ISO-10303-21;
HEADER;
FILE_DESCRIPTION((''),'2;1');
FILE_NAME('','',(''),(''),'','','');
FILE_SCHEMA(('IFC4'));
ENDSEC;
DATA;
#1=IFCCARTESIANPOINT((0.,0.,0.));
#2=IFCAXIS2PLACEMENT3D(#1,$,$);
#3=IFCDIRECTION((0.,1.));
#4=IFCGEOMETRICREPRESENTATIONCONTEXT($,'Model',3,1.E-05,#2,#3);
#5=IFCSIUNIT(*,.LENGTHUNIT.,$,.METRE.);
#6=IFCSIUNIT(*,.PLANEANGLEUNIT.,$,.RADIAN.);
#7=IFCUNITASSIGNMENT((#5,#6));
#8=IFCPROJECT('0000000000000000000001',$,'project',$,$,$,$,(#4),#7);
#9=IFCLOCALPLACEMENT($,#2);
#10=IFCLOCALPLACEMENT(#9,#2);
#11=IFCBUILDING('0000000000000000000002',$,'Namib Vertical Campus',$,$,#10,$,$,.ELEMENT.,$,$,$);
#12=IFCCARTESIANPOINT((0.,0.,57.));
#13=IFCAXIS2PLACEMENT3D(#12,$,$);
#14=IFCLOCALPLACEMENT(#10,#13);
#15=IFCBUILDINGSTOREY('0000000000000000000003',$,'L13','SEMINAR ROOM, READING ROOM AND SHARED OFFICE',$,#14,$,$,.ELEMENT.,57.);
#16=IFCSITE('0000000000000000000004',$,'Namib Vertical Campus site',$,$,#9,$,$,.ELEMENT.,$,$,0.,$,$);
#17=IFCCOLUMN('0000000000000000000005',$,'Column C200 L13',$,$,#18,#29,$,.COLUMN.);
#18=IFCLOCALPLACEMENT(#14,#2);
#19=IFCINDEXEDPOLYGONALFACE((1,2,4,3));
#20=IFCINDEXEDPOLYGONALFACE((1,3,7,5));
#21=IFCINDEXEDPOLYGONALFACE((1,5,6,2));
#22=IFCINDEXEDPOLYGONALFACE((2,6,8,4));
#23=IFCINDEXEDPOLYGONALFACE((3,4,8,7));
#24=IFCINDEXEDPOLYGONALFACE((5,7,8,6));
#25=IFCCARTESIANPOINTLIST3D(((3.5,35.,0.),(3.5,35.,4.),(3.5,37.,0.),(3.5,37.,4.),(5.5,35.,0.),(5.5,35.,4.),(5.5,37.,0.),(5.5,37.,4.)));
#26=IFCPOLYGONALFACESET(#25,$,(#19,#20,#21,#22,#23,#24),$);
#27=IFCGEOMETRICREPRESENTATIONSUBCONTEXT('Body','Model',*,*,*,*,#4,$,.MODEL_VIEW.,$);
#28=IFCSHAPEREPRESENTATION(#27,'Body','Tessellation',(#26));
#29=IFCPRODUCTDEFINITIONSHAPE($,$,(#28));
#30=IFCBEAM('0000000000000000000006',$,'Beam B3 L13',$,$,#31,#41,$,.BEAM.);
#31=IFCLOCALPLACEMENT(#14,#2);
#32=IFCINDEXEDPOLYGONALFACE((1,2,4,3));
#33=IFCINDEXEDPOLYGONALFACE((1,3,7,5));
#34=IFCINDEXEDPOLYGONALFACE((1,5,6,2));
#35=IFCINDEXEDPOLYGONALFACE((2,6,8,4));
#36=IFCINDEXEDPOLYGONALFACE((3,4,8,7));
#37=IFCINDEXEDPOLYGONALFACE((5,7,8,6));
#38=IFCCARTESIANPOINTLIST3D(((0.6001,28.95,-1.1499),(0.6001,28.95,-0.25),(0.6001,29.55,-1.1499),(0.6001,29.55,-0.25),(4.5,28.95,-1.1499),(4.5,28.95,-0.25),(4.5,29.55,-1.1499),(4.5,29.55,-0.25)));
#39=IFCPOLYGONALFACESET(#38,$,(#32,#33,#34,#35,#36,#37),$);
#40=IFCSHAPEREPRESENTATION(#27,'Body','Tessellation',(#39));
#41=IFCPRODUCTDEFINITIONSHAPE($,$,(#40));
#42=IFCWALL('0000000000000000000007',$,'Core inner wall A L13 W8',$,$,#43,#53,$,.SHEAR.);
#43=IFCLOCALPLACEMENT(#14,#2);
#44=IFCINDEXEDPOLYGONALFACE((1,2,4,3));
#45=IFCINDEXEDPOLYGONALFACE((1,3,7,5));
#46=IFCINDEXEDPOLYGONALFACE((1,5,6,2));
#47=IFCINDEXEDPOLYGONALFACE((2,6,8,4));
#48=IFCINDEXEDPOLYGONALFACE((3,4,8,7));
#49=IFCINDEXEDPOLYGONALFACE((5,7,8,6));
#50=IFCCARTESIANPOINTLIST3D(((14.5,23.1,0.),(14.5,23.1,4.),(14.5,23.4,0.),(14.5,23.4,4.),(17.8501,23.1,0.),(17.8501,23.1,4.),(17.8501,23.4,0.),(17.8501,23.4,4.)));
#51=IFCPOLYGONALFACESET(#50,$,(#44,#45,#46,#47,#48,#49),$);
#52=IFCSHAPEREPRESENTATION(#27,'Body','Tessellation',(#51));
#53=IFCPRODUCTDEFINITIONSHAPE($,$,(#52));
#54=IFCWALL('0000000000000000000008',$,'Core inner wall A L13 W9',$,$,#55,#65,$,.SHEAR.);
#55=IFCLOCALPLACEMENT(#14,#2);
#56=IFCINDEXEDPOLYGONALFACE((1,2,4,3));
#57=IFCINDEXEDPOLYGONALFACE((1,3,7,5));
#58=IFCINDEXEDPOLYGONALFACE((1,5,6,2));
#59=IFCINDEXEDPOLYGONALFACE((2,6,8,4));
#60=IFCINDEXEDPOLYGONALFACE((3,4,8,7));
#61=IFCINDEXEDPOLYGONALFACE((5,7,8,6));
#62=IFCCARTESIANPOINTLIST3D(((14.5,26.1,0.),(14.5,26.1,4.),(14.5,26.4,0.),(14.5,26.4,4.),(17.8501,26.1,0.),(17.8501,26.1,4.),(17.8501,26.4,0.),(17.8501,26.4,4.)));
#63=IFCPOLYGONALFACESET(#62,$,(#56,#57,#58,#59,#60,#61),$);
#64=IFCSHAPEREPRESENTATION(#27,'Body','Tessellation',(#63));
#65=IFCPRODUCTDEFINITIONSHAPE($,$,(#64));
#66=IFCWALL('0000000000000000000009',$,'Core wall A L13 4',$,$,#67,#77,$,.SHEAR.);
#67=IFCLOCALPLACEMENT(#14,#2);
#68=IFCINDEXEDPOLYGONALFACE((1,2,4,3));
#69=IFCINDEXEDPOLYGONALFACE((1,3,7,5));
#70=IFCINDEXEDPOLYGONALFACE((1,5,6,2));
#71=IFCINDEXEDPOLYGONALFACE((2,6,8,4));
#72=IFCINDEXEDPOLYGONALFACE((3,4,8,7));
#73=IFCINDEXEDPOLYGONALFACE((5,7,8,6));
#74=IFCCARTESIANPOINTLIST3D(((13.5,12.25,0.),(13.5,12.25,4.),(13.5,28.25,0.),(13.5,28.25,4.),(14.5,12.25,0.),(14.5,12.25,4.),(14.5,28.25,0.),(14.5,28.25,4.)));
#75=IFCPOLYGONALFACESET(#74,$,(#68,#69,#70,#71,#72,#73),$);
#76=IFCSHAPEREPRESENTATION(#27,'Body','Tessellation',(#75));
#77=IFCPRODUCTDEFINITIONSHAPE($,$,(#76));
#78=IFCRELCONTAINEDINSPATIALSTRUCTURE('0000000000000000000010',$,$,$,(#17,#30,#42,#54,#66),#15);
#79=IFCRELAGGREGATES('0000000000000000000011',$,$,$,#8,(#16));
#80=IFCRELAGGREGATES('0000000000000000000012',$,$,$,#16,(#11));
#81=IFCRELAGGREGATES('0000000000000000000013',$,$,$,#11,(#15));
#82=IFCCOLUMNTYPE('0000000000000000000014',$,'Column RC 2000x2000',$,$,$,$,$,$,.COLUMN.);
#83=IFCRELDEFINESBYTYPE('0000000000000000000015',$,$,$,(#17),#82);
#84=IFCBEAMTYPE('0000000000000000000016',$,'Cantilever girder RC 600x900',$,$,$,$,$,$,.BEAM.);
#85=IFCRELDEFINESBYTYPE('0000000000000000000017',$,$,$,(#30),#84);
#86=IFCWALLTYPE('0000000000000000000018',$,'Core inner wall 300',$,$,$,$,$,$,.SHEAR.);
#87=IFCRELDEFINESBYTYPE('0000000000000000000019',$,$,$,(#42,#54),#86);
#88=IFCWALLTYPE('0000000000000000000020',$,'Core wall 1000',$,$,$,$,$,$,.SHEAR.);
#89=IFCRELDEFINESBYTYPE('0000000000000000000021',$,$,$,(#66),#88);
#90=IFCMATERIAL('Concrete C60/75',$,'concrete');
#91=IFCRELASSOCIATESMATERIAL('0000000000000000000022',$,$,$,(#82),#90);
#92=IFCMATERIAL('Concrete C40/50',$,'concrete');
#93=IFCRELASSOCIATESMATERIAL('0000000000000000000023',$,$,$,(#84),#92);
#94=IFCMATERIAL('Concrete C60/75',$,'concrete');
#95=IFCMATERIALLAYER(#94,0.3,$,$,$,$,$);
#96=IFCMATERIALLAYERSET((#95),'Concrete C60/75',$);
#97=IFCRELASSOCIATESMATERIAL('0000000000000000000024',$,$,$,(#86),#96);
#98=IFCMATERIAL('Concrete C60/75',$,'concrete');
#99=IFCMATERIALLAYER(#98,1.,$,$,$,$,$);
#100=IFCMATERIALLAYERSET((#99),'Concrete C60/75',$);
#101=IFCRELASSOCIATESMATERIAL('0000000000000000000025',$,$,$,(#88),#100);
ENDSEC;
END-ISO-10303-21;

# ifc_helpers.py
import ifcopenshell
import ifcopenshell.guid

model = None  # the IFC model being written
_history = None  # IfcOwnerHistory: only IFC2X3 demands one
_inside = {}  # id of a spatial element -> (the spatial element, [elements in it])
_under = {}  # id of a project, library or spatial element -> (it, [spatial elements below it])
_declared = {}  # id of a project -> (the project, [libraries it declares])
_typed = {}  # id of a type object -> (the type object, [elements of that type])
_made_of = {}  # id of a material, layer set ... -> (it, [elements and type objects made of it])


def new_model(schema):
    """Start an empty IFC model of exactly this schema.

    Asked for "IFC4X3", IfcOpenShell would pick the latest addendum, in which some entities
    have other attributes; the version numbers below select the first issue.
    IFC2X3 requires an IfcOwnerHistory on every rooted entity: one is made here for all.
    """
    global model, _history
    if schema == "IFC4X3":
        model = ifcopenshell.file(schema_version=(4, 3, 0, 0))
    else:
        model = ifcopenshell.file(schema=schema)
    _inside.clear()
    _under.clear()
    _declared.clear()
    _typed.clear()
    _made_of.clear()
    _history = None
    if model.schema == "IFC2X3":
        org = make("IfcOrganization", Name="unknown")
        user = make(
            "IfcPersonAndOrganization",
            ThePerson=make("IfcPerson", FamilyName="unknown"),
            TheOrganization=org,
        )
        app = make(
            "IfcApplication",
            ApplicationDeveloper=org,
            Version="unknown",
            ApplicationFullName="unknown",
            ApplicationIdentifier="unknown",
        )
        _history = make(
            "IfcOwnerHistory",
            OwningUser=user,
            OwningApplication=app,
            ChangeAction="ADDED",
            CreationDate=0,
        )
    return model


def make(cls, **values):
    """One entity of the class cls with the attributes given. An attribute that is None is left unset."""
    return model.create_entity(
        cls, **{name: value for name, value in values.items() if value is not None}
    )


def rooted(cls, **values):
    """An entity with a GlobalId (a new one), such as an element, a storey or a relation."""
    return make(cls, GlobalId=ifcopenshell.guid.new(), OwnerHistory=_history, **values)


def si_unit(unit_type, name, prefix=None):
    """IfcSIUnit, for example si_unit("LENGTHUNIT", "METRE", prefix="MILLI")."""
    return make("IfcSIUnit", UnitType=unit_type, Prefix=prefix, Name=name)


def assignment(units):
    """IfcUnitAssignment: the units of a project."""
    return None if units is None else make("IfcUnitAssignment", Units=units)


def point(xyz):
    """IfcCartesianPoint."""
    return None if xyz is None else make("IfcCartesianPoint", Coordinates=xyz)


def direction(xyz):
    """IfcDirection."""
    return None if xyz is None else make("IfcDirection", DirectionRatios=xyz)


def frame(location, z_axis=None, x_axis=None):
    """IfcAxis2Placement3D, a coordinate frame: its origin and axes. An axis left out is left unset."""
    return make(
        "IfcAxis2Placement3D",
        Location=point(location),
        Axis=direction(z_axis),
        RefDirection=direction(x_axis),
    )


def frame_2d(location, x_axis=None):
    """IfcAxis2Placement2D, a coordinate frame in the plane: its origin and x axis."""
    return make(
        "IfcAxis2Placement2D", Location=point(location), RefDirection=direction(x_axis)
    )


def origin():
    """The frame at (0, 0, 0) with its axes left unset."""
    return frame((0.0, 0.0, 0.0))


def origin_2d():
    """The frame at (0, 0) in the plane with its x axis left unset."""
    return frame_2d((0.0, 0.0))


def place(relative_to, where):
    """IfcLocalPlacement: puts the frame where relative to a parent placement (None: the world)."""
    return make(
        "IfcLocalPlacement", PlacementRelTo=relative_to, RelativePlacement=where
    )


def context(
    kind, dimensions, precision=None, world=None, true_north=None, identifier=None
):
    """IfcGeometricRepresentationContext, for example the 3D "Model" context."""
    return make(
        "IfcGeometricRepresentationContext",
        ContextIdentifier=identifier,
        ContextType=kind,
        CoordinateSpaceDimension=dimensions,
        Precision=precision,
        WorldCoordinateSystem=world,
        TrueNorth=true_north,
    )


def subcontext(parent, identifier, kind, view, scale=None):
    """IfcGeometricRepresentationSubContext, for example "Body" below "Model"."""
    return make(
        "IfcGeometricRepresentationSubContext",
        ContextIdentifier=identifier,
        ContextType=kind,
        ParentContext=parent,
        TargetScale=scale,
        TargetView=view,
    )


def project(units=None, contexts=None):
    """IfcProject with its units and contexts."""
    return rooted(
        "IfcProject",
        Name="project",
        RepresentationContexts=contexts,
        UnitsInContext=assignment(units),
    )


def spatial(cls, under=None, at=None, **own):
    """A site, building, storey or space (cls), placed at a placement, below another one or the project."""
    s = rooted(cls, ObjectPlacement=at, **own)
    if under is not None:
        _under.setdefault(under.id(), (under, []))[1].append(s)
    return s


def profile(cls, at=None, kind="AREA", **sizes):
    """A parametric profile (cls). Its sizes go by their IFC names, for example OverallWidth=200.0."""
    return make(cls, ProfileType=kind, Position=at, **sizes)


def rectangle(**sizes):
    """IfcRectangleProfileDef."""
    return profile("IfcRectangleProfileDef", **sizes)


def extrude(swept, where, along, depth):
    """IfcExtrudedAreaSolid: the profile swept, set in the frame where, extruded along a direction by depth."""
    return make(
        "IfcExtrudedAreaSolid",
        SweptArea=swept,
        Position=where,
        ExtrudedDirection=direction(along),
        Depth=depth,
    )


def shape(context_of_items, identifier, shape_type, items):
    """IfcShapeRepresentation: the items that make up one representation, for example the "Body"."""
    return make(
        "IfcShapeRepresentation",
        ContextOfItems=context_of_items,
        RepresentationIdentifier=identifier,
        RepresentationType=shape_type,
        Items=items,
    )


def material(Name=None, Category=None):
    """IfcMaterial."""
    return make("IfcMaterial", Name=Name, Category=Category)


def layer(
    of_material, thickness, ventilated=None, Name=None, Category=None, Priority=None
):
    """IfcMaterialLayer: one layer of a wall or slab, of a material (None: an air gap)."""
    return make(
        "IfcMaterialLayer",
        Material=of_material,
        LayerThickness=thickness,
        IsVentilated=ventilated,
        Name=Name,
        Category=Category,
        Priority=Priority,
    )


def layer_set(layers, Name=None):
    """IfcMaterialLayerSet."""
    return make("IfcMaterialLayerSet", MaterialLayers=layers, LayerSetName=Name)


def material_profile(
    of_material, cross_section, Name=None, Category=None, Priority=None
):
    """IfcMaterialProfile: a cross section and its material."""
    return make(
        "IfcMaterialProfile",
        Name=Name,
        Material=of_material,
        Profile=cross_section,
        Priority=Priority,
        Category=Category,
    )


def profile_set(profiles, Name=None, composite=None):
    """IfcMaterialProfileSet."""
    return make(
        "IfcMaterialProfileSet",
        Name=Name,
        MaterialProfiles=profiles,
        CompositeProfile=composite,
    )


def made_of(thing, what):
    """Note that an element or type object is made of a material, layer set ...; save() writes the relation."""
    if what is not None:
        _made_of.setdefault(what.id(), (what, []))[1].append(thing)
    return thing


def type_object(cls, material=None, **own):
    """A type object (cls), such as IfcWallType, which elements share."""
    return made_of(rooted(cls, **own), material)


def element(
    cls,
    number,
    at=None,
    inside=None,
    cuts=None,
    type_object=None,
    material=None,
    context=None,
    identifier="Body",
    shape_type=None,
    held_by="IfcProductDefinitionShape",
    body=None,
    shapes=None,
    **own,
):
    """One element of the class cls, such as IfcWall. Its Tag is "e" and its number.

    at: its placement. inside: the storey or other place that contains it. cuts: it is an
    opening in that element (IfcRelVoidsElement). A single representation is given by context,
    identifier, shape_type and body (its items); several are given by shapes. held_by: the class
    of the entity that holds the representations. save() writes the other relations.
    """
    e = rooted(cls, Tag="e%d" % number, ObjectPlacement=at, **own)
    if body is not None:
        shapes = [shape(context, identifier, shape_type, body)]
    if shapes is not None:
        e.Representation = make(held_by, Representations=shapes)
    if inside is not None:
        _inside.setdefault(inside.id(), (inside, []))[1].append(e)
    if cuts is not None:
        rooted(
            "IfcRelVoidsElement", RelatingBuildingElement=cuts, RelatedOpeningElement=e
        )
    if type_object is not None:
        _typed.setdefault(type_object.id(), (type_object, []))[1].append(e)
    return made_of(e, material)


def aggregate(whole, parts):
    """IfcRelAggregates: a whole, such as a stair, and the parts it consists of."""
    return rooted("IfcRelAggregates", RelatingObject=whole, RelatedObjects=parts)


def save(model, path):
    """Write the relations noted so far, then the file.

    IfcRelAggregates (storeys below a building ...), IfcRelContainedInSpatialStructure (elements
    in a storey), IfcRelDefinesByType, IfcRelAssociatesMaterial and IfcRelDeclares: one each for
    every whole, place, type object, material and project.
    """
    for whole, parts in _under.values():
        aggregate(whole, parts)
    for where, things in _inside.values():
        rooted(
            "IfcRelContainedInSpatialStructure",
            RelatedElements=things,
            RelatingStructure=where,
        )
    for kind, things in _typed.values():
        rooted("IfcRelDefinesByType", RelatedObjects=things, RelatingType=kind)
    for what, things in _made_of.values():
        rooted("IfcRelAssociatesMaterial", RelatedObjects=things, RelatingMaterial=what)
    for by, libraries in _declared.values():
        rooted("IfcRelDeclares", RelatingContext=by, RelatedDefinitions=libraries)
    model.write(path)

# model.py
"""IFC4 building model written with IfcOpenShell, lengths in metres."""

from ifc_helpers import new_model, si_unit, direction, frame, frame_2d, origin, origin_2d, place, context, subcontext, project, spatial, rectangle, extrude, material, layer, layer_set, material_profile, profile_set, type_object, element, save


model = new_model("IFC4")

# Units and contexts
model_context = context("Model", 3, precision=1e-05, world=origin(), true_north=direction((0.0, 1.0)))
body_context = subcontext(model_context, "Body", "Model", "MODEL_VIEW")
ifc_project = project(units=[si_unit("LENGTHUNIT", "METRE"), si_unit("PLANEANGLEUNIT", "RADIAN")], contexts=[model_context])

# Site, building, storey
site_placement = place(None, origin())
site = spatial("IfcSite", under=ifc_project, at=site_placement, Name="Namib Vertical Campus site", CompositionType="ELEMENT", RefElevation=0.0)
building_placement = place(site_placement, origin())
building = spatial("IfcBuilding", under=site, at=building_placement, Name="Namib Vertical Campus", CompositionType="ELEMENT")
storey_placement = place(building_placement, frame((0.0, 0.0, 57.0)))
storey = spatial("IfcBuildingStorey", under=building, at=storey_placement, Name="L13", Description="SEMINAR ROOM, READING ROOM AND SHARED OFFICE", CompositionType="ELEMENT", Elevation=57.0)

# Column
ifc_material_1 = material(Name="Concrete C60/75", Category="concrete")
ifc_material_profile_1 = material_profile(ifc_material_1, rectangle(XDim=2.0, YDim=2.0, at=origin_2d()))
ifc_profile_set_1 = profile_set([ifc_material_profile_1], Name="Concrete C60/75")
column_type = type_object("IfcColumnType", Name="Column RC 2000x2000", PredefinedType="COLUMN", material=ifc_profile_set_1)
column_placement = place(storey_placement, frame((4.5, 36.0, 0.0), z_axis=(0.0, 0.0, 1.0), x_axis=(1.0, 0.0, 0.0)))
element("IfcColumn", 1, at=column_placement, inside=storey, type_object=column_type, Name="Column C200 L13", PredefinedType="COLUMN", context=body_context, shape_type="SweptSolid", body=[
    extrude(rectangle(XDim=2.0, YDim=2.0, at=origin_2d()), origin(), (0.0, 0.0, 1.0), 4.0),
])

# Beam
ifc_material_2 = material(Name="Concrete C40/50", Category="concrete")
ifc_material_profile_2 = material_profile(ifc_material_2, rectangle(XDim=0.6001, YDim=0.8999, at=origin_2d()))
ifc_profile_set_2 = profile_set([ifc_material_profile_2], Name="Concrete C40/50")
beam_type = type_object("IfcBeamType", Name="Cantilever girder RC 600x900", PredefinedType="BEAM", material=ifc_profile_set_2)
beam_placement = place(storey_placement, frame((4.5, 29.25, -0.7), z_axis=(-1.0, 0.0, 0.0), x_axis=(0.0, -1.0, 0.0)))
element("IfcBeam", 2, at=beam_placement, inside=storey, type_object=beam_type, Name="Beam B3 L13", PredefinedType="BEAM", context=body_context, shape_type="SweptSolid", body=[
    extrude(rectangle(XDim=0.6001, YDim=0.8999, at=origin_2d()), origin(), (0.0, 0.0, 1.0), 3.8999),
])

# Walls
ifc_material_3 = material(Name="Concrete C60/75", Category="concrete")
ifc_layer_1 = layer(ifc_material_3, 0.3)
ifc_layer_set_1 = layer_set([ifc_layer_1], Name="Concrete C60/75")
wall_type_1 = type_object("IfcWallType", Name="Core inner wall 300", PredefinedType="SHEAR", material=ifc_layer_set_1)
for number, where, z_axis, x_axis, name in (
    (3, (14.5, 23.25, 0.0), (0.0, 0.0, 1.0), (1.0, 0.0, 0.0), "Core inner wall A L13 W8"),
    (4, (14.5, 26.25, 0.0), (0.0, 0.0, 1.0), (1.0, 0.0, 0.0), "Core inner wall A L13 W9"),
):
    element("IfcWall", number, at=place(storey_placement, frame(where, z_axis=z_axis, x_axis=x_axis)), inside=storey, type_object=wall_type_1, Name=name, PredefinedType="SHEAR", context=body_context, shape_type="SweptSolid", body=[
        extrude(rectangle(XDim=3.3501, YDim=0.3, at=frame_2d((1.675, 0.0))), origin(), (0.0, 0.0, 1.0), 4.0),
    ])
ifc_material_4 = material(Name="Concrete C60/75", Category="concrete")
ifc_layer_2 = layer(ifc_material_4, 1.0)
ifc_layer_set_2 = layer_set([ifc_layer_2], Name="Concrete C60/75")
wall_type_2 = type_object("IfcWallType", Name="Core wall 1000", PredefinedType="SHEAR", material=ifc_layer_set_2)
wall_1_placement = place(storey_placement, frame((14.0, 28.25, 0.0), z_axis=(0.0, 0.0, 1.0), x_axis=(0.0, -1.0, 0.0)))
element("IfcWall", 5, at=wall_1_placement, inside=storey, type_object=wall_type_2, Name="Core wall A L13 4", PredefinedType="SHEAR", context=body_context, shape_type="SweptSolid", body=[
    extrude(rectangle(XDim=16.0, YDim=1.0, at=frame_2d((8.0, 0.0))), origin(), (0.0, 0.0, 1.0), 4.0),
])

save(model, "model.ifc")
